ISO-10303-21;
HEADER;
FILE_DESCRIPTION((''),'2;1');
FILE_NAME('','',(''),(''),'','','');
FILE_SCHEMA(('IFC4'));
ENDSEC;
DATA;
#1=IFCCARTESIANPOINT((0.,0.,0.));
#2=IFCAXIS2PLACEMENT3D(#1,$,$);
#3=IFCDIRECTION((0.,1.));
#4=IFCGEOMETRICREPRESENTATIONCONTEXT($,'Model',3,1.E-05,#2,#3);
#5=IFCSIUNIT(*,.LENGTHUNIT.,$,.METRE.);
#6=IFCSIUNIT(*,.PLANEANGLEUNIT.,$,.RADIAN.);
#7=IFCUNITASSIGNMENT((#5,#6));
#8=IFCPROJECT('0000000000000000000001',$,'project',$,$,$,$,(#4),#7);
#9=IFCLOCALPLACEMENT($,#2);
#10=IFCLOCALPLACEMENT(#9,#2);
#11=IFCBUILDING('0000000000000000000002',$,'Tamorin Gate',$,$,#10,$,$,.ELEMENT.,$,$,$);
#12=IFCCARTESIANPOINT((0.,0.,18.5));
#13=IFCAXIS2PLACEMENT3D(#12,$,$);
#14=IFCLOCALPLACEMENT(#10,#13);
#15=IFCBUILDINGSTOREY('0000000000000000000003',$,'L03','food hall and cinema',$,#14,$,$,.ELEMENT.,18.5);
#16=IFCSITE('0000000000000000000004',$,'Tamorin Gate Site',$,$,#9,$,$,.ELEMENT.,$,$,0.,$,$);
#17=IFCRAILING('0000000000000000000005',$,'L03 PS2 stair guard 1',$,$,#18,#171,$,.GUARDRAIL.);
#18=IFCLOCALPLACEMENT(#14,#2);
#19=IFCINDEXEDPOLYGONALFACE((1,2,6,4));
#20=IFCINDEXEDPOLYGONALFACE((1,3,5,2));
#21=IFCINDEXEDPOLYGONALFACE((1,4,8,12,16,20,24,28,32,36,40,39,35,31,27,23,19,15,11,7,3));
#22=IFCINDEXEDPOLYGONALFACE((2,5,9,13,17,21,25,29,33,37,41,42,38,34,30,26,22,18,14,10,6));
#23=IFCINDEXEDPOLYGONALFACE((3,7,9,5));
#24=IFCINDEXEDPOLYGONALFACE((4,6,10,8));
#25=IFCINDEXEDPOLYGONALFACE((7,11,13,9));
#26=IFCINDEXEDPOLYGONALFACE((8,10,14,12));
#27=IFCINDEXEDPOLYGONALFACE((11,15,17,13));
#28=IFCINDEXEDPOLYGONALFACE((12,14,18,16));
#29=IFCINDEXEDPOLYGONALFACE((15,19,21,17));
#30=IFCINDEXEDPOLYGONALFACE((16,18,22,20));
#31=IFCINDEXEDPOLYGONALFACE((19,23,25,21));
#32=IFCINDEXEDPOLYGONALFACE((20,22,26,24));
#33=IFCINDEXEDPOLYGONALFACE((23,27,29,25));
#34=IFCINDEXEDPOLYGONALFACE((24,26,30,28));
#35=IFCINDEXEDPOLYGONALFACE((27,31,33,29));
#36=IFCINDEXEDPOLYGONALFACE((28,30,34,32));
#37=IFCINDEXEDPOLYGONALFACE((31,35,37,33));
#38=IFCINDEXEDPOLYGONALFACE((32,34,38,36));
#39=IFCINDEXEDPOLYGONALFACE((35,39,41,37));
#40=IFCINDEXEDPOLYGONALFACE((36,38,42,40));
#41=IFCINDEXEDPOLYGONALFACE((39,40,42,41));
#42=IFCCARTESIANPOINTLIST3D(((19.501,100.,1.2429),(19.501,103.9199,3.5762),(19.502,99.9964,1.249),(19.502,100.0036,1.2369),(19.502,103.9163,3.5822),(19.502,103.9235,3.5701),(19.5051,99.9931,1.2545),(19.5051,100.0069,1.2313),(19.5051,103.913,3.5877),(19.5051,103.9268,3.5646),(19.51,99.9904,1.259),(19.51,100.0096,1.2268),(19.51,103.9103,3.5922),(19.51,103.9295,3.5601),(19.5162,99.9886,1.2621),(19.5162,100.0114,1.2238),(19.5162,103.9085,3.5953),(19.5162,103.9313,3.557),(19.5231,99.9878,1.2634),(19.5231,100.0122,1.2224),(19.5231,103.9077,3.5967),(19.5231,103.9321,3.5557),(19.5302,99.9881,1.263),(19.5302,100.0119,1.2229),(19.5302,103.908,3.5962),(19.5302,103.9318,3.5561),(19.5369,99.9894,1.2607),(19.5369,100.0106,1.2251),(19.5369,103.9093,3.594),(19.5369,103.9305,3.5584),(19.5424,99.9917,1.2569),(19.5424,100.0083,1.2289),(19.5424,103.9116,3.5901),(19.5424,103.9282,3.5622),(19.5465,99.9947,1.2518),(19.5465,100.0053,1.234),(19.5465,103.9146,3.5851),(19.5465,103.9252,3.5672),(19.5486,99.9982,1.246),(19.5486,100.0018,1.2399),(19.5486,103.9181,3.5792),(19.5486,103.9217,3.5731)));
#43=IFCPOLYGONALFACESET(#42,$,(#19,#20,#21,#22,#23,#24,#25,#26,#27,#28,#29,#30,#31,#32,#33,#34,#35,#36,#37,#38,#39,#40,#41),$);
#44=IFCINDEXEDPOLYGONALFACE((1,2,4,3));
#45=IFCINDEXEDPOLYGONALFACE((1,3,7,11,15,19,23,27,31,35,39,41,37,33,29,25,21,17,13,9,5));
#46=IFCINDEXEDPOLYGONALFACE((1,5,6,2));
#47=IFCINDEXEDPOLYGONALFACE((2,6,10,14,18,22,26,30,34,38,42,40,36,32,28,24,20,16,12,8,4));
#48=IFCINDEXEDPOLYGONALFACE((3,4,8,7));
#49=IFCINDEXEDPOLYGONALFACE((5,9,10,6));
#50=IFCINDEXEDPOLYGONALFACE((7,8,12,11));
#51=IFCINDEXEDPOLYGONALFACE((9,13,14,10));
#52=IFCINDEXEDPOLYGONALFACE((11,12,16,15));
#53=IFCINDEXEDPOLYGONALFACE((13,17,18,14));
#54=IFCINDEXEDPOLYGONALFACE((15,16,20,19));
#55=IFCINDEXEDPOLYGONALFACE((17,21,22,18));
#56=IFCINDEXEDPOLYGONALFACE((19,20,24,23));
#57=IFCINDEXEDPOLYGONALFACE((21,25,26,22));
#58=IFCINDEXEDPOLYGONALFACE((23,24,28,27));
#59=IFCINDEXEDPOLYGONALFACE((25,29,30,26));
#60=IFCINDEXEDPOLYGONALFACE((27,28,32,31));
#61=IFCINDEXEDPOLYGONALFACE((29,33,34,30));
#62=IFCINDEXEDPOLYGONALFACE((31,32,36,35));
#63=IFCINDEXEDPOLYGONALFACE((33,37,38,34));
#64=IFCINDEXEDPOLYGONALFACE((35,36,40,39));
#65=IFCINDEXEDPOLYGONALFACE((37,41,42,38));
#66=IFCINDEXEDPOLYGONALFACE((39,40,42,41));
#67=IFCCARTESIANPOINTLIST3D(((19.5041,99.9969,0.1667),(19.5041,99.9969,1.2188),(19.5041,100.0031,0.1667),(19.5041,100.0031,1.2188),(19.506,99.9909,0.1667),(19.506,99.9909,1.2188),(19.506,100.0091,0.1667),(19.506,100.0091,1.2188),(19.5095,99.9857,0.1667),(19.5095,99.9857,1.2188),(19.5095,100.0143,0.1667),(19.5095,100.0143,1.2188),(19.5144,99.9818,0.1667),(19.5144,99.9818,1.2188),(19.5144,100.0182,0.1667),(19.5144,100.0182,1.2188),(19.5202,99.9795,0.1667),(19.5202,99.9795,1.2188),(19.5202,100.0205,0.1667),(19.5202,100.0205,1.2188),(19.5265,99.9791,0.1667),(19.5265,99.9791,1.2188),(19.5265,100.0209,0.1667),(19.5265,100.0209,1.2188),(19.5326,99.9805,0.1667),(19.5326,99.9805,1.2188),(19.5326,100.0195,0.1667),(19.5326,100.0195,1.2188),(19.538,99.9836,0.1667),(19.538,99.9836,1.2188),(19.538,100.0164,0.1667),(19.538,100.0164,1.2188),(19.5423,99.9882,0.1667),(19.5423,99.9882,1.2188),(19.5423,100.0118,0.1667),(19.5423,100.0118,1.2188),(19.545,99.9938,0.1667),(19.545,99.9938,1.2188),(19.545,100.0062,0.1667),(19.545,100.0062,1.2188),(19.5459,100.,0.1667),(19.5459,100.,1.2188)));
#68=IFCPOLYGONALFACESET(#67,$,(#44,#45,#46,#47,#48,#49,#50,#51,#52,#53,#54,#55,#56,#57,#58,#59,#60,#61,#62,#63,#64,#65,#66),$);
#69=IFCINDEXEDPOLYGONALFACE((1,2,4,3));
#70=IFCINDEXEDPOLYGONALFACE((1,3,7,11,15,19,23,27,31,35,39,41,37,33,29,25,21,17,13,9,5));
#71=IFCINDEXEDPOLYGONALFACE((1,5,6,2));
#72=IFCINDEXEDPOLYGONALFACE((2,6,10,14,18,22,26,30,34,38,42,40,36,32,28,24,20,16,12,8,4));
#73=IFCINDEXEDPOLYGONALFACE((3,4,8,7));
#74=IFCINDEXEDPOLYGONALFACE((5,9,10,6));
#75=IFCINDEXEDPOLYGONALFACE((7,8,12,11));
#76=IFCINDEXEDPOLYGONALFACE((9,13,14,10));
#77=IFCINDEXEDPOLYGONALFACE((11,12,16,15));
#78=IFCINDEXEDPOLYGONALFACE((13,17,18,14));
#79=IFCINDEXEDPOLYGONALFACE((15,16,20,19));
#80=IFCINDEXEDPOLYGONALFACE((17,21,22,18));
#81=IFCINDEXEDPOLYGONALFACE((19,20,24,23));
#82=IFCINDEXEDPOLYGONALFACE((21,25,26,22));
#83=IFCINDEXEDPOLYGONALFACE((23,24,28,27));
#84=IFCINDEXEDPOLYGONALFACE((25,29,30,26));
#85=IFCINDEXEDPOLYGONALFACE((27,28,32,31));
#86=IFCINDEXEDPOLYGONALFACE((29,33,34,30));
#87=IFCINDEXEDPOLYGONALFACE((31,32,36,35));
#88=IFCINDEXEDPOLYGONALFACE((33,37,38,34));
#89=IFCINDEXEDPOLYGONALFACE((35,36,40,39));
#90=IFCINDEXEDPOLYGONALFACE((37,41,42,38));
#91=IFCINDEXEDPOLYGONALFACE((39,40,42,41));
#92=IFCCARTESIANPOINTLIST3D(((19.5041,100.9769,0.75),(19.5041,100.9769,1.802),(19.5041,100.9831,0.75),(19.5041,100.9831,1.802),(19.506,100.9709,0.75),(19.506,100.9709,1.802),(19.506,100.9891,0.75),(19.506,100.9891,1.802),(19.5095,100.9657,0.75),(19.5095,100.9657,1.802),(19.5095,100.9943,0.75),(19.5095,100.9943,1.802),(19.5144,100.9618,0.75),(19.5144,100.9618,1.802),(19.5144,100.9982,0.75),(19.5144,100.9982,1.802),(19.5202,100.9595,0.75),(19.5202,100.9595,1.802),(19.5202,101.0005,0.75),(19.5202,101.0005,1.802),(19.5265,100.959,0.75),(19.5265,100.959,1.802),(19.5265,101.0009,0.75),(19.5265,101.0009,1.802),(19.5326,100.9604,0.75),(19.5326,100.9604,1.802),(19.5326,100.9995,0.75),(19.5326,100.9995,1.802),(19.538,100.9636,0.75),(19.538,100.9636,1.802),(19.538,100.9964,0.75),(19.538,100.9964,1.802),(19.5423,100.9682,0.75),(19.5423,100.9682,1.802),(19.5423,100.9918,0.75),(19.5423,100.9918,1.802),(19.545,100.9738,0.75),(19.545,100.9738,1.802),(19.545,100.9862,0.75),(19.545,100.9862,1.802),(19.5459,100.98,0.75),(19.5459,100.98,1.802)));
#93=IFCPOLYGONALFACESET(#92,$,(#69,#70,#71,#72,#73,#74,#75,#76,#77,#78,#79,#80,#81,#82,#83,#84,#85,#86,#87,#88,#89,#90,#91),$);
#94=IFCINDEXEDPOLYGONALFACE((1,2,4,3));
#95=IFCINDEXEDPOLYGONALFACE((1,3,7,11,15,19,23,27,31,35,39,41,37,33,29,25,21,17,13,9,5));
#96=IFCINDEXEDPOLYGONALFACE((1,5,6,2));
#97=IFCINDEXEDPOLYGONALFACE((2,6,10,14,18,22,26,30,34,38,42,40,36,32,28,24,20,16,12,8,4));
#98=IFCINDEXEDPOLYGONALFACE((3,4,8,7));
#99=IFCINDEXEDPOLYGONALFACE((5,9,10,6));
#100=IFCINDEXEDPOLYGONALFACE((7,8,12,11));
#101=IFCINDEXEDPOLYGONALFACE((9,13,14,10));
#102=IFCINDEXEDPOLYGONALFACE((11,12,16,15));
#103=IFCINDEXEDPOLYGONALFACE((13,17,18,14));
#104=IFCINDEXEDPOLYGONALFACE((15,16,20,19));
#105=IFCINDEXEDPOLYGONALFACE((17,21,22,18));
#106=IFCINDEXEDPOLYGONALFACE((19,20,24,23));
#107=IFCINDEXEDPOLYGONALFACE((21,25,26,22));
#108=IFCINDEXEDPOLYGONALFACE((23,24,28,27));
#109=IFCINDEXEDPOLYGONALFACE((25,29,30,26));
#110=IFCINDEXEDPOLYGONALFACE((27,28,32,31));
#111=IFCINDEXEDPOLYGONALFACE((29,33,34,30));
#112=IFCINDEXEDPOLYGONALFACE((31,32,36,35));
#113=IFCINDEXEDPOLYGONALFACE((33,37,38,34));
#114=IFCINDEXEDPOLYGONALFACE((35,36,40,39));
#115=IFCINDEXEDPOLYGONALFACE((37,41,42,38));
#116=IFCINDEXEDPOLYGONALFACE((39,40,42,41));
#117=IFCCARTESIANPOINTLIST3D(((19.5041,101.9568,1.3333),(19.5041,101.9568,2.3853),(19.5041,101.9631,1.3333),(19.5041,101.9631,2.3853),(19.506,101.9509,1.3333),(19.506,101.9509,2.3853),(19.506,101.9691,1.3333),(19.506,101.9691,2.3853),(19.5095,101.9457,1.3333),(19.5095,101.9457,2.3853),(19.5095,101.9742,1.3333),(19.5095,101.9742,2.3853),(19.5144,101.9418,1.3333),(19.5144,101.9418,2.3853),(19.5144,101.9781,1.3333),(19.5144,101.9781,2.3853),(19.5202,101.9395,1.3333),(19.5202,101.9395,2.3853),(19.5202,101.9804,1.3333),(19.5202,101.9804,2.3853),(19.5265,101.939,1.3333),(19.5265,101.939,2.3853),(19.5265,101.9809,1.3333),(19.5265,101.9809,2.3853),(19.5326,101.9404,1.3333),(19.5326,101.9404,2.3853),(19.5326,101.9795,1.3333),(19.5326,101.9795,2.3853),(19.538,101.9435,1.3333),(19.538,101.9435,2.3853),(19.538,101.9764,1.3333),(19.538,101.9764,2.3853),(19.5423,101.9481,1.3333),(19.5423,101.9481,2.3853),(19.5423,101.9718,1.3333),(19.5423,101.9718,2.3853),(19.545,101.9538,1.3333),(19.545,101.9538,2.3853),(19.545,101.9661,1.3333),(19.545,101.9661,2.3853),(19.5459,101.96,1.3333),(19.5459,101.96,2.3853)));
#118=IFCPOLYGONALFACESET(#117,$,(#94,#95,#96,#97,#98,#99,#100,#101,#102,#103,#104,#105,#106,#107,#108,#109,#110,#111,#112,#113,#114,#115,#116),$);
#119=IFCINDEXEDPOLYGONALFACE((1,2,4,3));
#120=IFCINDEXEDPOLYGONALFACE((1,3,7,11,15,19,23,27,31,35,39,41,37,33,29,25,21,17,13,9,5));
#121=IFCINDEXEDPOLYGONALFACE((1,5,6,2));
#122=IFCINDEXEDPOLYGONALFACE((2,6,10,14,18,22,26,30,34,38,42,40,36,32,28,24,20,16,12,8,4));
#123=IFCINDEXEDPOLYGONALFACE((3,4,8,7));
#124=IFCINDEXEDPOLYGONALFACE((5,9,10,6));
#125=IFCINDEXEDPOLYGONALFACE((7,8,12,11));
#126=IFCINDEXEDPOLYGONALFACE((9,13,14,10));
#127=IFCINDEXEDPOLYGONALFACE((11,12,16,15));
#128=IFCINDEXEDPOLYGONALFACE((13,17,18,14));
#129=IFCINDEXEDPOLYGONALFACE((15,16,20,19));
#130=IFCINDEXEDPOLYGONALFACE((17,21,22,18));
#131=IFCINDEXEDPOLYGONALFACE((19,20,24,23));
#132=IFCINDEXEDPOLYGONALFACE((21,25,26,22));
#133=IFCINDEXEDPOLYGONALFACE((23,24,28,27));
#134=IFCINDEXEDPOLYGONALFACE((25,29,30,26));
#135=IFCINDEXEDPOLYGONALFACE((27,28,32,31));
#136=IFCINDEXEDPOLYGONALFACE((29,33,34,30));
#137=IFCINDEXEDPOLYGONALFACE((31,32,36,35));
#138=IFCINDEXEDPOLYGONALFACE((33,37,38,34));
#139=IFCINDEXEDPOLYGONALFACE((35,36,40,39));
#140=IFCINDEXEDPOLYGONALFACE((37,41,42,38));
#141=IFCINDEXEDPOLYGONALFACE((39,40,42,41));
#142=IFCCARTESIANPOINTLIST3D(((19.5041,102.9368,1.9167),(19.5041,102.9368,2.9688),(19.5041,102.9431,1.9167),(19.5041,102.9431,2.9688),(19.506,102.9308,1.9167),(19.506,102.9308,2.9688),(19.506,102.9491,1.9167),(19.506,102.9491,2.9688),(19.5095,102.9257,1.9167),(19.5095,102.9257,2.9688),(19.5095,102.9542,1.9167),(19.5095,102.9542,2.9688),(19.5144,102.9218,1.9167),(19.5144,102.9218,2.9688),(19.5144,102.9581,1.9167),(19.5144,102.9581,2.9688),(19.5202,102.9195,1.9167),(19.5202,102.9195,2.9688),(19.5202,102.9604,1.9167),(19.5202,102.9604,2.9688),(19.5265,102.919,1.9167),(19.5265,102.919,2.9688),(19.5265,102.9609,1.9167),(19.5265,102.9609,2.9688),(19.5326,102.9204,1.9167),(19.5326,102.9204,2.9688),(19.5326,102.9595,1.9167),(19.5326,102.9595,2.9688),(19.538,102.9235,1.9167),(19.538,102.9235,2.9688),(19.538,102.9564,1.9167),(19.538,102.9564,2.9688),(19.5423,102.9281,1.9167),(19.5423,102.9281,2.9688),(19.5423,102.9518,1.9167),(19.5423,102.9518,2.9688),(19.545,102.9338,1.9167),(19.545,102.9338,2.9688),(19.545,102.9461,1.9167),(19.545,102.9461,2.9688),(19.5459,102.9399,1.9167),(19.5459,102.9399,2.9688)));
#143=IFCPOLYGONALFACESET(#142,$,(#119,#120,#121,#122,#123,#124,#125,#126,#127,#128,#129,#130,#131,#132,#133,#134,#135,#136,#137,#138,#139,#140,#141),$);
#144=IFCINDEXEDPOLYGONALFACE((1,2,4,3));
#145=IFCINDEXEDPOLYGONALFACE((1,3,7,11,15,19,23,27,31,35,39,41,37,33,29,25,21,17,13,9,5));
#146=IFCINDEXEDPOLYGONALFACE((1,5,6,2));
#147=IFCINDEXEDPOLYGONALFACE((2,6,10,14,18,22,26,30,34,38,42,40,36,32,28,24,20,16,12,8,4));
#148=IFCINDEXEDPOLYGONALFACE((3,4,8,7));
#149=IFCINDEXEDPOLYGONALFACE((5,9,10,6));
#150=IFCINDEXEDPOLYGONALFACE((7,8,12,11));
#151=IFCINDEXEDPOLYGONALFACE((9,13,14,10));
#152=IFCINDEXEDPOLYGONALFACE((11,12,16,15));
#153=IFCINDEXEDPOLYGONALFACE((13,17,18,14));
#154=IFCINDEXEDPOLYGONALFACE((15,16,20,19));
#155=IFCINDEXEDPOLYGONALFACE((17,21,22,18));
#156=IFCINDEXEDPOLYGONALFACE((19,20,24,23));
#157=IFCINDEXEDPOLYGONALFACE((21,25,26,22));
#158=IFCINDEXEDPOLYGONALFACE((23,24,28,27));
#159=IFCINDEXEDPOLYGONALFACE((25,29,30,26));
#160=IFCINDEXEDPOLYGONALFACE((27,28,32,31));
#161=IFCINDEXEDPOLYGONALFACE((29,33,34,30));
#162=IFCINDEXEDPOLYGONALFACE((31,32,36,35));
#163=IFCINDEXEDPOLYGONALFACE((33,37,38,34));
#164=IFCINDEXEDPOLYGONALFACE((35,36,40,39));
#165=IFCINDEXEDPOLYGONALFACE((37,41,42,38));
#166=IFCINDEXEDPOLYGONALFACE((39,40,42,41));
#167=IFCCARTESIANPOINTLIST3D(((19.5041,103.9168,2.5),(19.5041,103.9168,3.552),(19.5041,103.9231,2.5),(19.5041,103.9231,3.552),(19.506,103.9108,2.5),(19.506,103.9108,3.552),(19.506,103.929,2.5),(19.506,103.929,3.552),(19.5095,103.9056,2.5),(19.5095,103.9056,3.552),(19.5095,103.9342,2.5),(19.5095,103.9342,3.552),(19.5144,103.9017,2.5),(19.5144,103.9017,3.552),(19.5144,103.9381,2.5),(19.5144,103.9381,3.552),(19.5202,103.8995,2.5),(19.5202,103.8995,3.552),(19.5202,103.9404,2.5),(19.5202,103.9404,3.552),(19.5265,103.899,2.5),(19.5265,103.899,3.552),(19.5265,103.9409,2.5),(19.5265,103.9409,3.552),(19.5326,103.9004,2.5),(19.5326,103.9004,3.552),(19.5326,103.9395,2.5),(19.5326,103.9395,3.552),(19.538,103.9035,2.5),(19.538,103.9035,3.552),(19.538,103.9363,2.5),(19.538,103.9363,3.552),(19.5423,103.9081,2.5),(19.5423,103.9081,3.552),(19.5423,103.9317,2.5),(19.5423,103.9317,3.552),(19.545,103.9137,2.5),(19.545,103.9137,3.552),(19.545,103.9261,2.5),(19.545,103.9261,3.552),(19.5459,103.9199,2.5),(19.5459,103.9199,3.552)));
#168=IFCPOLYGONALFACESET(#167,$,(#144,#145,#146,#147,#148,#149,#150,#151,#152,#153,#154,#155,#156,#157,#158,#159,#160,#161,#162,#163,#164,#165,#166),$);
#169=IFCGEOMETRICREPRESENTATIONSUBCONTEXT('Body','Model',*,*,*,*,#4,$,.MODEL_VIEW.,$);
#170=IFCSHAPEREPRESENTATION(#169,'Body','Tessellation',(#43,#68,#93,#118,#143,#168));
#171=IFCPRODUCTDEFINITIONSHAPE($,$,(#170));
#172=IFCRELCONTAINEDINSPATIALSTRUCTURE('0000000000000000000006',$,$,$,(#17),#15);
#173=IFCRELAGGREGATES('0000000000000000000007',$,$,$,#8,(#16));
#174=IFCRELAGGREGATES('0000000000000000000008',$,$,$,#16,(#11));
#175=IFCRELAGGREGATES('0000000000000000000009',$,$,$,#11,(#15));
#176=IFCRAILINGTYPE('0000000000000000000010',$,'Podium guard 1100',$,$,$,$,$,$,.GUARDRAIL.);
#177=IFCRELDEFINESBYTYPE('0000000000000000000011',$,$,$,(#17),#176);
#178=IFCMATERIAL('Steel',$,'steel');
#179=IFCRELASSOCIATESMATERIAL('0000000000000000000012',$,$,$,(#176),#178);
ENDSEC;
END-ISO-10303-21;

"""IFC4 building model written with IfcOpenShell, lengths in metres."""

from ifc_helpers import new_model, si_unit, direction, frame, origin, origin_2d, place, context, subcontext, project, spatial, circle, extrude, material, type_object, element, save


model = new_model("IFC4")

# Units and contexts
model_context = context("Model", 3, precision=1e-05, world=origin(), true_north=direction((0.0, 1.0)))
body_context = subcontext(model_context, "Body", "Model", "MODEL_VIEW")
ifc_project = project(units=[si_unit("LENGTHUNIT", "METRE"), si_unit("PLANEANGLEUNIT", "RADIAN")], contexts=[model_context])

# Site, building, storey
site_placement = place(None, origin())
site = spatial("IfcSite", under=ifc_project, at=site_placement, Name="Tamorin Gate Site", CompositionType="ELEMENT", RefElevation=0.0)
building_placement = place(site_placement, origin())
building = spatial("IfcBuilding", under=site, at=building_placement, Name="Tamorin Gate", CompositionType="ELEMENT")
storey_placement = place(building_placement, frame((0.0, 0.0, 18.5)))
storey = spatial("IfcBuildingStorey", under=building, at=storey_placement, Name="L03", Description="food hall and cinema", CompositionType="ELEMENT", Elevation=18.5)

# Railing
ifc_material_1 = material(Name="Steel", Category="steel")
railing_type_1 = type_object("IfcRailingType", Name="Podium guard 1100", PredefinedType="GUARDRAIL", material=ifc_material_1)
railing_1_placement = place(storey_placement, frame((19.5249, 100.0, 0.1667)))
element("IfcRailing", 1, at=railing_1_placement, inside=storey, type_object=railing_type_1, Name="L03 PS2 stair guard 1", PredefinedType="GUARDRAIL", context=body_context, shape_type="SweptSolid", body=[
    extrude(circle(Radius=0.0239, at=origin_2d()), frame((0.0, 0.0, 1.0762), z_axis=(0.0, 0.859296, 0.511478), x_axis=(-1.0, 0.0, 0.0)), (0.0, 0.0, 1.0), 4.5618),
    extrude(circle(Radius=0.021, at=origin_2d()), origin(), (0.0, 0.0, 1.0), 1.052),
    extrude(circle(Radius=0.021, at=origin_2d()), frame((0.0, 0.98, 0.5833)), (0.0, 0.0, 1.0), 1.052),
    extrude(circle(Radius=0.021, at=origin_2d()), frame((0.0, 1.96, 1.1665)), (0.0, 0.0, 1.0), 1.052),
    extrude(circle(Radius=0.021, at=origin_2d()), frame((0.0, 2.9399, 1.75)), (0.0, 0.0, 1.0), 1.052),
    extrude(circle(Radius=0.021, at=origin_2d()), frame((0.0, 3.9199, 2.3333)), (0.0, 0.0, 1.0), 1.052),
])

save(model, "model.ifc")
